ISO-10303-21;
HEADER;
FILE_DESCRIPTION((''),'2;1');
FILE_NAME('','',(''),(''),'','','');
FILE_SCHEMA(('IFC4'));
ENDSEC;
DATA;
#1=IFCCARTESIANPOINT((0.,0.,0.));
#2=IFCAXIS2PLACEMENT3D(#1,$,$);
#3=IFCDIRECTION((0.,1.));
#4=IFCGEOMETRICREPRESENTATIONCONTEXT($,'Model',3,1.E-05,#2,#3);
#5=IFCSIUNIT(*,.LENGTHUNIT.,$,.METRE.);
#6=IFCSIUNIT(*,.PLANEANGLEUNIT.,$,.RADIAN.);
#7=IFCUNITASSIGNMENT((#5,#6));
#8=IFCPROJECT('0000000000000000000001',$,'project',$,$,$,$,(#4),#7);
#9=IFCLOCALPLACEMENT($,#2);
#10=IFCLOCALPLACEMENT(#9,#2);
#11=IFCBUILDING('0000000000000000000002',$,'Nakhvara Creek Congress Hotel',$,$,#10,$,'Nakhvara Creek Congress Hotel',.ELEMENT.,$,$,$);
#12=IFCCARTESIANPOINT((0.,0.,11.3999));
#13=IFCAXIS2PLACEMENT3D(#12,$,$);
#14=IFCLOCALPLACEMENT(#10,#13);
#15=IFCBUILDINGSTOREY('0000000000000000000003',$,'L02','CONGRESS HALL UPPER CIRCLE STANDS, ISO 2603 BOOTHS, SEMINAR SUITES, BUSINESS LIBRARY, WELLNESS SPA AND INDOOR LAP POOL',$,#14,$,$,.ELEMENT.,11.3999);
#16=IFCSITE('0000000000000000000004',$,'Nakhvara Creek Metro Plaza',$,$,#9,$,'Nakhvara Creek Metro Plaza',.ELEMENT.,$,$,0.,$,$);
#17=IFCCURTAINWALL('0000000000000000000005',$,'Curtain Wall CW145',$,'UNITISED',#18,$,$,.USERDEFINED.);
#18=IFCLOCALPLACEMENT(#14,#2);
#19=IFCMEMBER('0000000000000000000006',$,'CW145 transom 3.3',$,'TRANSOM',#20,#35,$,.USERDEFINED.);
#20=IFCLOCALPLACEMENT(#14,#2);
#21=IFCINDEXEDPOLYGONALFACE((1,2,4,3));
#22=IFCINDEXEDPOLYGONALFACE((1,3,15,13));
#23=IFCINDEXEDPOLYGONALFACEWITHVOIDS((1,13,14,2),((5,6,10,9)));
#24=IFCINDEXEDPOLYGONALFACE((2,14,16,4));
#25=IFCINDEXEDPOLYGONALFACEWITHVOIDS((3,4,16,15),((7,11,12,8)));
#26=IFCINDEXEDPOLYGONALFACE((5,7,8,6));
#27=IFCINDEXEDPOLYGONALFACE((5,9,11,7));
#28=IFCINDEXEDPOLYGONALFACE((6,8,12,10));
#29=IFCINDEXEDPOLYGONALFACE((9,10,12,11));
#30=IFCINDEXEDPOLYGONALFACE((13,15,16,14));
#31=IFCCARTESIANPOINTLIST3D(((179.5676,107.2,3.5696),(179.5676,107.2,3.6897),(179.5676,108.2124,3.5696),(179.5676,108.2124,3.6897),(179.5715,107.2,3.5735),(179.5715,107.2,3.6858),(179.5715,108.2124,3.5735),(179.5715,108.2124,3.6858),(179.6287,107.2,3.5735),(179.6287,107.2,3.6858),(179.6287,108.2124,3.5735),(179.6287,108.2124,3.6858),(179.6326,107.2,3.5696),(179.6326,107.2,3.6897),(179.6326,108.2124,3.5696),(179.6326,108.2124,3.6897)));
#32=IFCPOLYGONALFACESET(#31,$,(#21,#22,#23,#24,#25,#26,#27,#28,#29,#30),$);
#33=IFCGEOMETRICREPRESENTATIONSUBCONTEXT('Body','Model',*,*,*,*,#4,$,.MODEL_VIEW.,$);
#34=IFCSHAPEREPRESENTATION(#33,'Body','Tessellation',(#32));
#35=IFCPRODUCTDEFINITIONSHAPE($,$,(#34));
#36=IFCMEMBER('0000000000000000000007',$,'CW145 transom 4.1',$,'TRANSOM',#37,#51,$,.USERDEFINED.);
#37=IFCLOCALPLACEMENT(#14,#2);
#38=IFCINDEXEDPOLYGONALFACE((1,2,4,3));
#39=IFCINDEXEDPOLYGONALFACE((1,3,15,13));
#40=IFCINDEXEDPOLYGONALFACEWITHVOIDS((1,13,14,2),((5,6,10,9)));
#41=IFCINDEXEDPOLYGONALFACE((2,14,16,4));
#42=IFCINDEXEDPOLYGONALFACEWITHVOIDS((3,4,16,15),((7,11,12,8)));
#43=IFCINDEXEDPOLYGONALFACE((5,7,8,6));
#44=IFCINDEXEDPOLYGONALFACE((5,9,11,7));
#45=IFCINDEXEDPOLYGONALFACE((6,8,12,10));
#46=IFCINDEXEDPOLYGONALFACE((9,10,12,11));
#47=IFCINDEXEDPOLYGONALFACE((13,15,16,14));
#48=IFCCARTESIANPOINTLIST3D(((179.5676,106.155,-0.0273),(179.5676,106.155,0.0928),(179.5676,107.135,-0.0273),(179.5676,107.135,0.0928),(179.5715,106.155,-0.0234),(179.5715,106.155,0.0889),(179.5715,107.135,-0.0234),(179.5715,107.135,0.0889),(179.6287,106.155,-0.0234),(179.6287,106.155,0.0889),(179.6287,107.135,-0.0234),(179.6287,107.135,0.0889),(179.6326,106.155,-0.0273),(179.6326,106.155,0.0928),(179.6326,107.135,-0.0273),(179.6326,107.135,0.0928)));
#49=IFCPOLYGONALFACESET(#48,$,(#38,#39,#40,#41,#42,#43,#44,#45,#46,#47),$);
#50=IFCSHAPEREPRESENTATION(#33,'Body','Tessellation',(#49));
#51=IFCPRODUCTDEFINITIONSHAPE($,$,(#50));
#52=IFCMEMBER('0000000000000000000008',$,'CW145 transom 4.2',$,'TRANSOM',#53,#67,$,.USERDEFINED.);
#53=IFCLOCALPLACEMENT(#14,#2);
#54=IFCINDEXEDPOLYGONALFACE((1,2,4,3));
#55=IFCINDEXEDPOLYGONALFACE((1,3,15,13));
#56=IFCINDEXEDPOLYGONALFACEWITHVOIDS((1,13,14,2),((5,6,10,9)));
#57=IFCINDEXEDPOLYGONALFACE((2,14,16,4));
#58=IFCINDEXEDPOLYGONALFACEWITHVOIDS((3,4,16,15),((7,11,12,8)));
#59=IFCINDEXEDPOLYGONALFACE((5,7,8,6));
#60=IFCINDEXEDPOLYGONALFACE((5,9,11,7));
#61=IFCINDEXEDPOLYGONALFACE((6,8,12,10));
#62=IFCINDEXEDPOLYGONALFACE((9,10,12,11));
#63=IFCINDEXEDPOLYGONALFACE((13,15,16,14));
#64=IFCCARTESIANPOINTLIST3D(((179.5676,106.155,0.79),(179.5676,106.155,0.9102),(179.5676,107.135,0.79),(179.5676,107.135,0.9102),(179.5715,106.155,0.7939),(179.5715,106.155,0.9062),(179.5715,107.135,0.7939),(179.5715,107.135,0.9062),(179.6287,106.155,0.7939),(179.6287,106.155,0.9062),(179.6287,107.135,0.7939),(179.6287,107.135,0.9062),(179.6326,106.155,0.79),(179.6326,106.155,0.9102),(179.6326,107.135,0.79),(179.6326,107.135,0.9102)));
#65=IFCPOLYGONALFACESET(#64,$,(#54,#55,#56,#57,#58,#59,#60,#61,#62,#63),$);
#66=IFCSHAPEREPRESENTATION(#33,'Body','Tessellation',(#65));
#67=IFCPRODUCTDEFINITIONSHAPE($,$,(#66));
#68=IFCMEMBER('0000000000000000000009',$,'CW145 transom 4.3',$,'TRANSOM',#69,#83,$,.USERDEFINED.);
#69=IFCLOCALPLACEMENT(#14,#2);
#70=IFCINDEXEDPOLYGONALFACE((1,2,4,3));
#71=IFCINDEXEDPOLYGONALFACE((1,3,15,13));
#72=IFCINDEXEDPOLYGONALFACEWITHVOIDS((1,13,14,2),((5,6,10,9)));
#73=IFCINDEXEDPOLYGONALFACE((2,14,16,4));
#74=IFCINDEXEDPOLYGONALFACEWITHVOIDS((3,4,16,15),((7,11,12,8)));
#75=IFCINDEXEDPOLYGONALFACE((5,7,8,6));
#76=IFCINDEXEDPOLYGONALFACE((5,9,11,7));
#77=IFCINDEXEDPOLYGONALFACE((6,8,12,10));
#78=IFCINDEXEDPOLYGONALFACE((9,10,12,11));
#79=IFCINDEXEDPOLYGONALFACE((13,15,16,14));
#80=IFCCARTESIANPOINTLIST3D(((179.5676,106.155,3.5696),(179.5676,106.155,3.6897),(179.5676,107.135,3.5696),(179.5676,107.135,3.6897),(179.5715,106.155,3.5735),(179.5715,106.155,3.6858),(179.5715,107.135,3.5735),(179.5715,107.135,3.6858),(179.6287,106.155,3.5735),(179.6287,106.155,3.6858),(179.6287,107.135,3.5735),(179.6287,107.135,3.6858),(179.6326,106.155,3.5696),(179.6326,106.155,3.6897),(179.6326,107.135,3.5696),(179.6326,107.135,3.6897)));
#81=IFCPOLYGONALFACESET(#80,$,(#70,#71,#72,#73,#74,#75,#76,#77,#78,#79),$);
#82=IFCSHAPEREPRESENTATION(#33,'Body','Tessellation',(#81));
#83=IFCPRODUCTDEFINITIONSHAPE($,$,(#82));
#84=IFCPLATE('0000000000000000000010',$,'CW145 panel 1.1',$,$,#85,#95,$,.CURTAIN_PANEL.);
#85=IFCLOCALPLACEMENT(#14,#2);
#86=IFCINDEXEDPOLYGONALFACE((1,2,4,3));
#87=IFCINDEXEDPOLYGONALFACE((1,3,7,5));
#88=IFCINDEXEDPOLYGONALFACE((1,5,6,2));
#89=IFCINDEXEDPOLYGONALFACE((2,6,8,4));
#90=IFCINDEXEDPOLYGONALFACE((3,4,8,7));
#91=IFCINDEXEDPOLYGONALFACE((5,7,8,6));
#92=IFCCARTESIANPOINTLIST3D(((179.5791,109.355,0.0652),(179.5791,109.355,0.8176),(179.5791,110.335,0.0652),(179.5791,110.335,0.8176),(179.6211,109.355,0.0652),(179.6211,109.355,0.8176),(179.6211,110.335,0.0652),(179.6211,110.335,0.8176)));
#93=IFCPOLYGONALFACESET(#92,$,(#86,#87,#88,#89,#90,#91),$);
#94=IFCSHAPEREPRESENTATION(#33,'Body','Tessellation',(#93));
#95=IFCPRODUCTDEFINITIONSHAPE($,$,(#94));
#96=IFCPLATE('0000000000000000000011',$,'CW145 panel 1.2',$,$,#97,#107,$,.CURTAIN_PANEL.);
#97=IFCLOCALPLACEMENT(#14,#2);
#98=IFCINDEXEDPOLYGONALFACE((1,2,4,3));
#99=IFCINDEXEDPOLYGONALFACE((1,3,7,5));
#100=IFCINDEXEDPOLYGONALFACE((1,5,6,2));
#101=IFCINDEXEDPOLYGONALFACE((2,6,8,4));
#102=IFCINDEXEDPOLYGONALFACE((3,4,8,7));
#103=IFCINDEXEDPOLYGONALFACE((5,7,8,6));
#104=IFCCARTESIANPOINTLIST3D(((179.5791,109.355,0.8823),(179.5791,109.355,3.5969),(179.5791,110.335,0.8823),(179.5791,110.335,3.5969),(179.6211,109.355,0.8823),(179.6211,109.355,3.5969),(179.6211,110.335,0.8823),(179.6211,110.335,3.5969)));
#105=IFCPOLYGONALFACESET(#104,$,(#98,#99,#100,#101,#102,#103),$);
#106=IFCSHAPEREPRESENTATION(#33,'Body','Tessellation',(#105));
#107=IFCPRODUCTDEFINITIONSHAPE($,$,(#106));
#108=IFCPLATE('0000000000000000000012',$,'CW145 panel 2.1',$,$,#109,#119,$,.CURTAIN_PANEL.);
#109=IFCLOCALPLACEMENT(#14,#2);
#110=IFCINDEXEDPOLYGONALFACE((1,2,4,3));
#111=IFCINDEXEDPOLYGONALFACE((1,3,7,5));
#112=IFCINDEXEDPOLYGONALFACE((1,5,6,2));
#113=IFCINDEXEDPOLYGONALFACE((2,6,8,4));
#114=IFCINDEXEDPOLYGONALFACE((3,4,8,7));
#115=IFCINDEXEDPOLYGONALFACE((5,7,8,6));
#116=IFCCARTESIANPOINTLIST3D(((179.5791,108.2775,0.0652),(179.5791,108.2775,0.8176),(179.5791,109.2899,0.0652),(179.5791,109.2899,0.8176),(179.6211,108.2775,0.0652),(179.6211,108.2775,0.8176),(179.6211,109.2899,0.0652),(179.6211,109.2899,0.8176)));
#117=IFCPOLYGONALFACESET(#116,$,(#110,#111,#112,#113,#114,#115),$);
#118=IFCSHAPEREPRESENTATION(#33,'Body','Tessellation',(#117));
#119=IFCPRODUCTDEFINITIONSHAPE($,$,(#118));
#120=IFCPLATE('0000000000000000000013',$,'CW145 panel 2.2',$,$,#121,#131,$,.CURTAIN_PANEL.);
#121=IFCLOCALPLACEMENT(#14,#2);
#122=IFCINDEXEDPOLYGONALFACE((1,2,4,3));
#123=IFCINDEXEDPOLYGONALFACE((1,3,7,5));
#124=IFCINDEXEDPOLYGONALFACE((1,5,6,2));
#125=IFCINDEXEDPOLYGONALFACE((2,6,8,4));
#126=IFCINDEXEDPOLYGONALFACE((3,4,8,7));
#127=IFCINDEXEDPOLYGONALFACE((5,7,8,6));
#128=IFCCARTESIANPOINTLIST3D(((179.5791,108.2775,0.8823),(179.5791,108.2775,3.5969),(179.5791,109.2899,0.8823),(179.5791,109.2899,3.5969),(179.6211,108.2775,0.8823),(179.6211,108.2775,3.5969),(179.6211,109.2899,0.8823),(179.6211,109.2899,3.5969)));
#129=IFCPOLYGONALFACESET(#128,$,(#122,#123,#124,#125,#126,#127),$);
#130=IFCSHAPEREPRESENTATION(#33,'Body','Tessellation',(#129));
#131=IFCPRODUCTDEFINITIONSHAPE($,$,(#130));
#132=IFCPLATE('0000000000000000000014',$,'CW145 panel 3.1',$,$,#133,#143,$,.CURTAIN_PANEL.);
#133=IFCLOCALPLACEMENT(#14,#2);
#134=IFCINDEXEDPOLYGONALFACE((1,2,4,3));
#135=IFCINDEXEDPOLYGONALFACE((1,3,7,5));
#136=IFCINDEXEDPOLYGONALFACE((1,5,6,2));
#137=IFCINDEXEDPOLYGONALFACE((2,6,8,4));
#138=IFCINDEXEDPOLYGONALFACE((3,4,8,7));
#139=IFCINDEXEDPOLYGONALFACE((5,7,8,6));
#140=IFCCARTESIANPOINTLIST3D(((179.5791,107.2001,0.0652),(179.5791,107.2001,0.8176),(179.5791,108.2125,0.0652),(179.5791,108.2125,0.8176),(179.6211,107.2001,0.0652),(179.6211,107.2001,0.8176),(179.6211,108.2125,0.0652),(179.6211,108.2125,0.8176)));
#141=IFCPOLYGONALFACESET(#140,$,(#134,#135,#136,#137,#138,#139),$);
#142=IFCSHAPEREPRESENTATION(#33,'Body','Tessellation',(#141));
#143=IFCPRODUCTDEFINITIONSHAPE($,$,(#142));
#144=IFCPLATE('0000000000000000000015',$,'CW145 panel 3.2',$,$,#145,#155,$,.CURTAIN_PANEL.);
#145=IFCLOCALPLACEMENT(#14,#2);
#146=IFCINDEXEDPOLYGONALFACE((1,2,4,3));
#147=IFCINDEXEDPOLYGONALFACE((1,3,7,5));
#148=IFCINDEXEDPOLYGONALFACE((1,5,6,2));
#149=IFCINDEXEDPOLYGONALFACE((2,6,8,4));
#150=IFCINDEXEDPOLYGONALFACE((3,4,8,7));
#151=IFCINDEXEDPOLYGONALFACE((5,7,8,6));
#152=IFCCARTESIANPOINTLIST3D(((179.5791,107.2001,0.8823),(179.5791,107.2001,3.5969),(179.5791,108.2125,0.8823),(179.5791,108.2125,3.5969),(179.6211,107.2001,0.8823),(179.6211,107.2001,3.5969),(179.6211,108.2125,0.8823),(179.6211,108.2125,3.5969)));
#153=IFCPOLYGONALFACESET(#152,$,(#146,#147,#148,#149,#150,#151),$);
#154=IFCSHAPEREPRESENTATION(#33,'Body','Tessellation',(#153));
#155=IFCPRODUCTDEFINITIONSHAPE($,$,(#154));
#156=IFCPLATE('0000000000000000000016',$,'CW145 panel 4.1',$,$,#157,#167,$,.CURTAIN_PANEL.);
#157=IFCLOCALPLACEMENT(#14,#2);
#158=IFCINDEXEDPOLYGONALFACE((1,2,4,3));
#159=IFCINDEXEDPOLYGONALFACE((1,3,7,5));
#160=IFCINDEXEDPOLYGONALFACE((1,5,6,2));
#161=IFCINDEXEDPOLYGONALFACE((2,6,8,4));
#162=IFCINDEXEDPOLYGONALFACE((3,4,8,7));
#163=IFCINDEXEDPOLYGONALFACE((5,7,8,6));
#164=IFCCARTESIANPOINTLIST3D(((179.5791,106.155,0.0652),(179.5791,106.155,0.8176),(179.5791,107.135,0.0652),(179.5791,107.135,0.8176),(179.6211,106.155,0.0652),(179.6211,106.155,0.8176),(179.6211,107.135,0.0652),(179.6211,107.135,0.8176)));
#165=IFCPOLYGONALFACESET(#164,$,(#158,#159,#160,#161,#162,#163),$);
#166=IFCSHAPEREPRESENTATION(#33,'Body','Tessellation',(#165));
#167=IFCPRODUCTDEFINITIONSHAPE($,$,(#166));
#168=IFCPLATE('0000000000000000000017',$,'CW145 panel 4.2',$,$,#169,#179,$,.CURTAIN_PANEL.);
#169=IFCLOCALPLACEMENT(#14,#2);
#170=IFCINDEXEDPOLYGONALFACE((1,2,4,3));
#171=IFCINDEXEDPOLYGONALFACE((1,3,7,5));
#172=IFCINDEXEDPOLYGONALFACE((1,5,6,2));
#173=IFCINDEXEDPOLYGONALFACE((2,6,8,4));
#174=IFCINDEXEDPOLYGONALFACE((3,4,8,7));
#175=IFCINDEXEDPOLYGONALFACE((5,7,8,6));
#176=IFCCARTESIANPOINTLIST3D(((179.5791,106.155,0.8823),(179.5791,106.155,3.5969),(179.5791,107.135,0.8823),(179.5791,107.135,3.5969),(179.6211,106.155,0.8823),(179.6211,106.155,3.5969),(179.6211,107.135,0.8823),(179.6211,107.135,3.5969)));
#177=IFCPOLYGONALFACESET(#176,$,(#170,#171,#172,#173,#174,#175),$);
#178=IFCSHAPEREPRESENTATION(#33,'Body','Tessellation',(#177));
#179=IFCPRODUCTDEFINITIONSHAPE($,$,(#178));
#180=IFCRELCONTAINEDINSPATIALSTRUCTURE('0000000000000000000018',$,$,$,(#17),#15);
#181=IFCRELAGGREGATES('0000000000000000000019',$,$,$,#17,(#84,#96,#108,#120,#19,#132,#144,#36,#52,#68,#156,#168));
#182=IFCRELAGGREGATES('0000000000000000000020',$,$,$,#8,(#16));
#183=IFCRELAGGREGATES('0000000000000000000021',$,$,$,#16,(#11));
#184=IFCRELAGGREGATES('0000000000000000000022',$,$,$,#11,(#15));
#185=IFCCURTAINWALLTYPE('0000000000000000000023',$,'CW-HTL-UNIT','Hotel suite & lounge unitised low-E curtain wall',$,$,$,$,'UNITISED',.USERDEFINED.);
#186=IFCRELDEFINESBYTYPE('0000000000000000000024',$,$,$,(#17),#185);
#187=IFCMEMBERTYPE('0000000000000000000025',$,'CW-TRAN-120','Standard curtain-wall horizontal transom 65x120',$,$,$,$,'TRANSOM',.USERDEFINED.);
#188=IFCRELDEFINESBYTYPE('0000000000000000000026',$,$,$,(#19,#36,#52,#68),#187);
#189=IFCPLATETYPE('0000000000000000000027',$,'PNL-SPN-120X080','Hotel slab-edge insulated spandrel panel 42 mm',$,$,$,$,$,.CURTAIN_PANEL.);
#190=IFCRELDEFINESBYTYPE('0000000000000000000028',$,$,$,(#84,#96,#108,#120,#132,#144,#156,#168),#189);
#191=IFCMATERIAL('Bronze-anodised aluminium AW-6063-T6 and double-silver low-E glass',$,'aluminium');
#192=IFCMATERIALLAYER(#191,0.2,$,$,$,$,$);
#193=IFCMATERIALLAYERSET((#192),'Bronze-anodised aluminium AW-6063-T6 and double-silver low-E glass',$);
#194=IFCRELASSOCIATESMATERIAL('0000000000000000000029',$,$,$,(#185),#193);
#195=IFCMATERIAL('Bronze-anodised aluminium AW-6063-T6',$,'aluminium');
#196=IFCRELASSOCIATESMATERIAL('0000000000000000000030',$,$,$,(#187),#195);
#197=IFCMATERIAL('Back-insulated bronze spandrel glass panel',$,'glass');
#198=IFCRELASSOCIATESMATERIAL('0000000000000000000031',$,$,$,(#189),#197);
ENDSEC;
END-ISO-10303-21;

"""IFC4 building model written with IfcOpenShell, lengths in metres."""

from ifc_helpers import new_model, si_unit, direction, frame, origin, origin_2d, place, context, subcontext, project, spatial, rectangle, hollow_rectangle, extrude, material, layer, layer_set, material_profile, profile_set, type_object, element, aggregate, save


model = new_model("IFC4")

# Units and contexts
model_context = context("Model", 3, precision=1e-05, world=origin(), true_north=direction((0.0, 1.0)))
body_context = subcontext(model_context, "Body", "Model", "MODEL_VIEW")
ifc_project = project(units=[si_unit("LENGTHUNIT", "METRE"), si_unit("PLANEANGLEUNIT", "RADIAN")], contexts=[model_context])

# Site, building, storey
site_placement = place(None, origin())
site = spatial("IfcSite", under=ifc_project, at=site_placement, Name="Nakhvara Creek Metro Plaza", LongName="Nakhvara Creek Metro Plaza", CompositionType="ELEMENT", RefElevation=0.0)
building_placement = place(site_placement, origin())
building = spatial("IfcBuilding", under=site, at=building_placement, Name="Nakhvara Creek Congress Hotel", LongName="Nakhvara Creek Congress Hotel", CompositionType="ELEMENT")
storey_placement = place(building_placement, frame((0.0, 0.0, 11.3999)))
storey = spatial("IfcBuildingStorey", under=building, at=storey_placement, Name="L02", Description="CONGRESS HALL UPPER CIRCLE STANDS, ISO 2603 BOOTHS, SEMINAR SUITES, BUSINESS LIBRARY, WELLNESS SPA AND INDOOR LAP POOL", CompositionType="ELEMENT", Elevation=11.3999)

# Shared definitions
ifc_material_1 = material(Name="Bronze-anodised aluminium AW-6063-T6 and double-silver low-E glass", Category="aluminium")
ifc_layer = layer(ifc_material_1, 0.2)
ifc_layer_set = layer_set([ifc_layer], Name="Bronze-anodised aluminium AW-6063-T6 and double-silver low-E glass")
curtain_wall_type = type_object("IfcCurtainWallType", Name="CW-HTL-UNIT", Description="Hotel suite & lounge unitised low-E curtain wall", ElementType="UNITISED", PredefinedType="USERDEFINED", material=ifc_layer_set)
ifc_material_2 = material(Name="Bronze-anodised aluminium AW-6063-T6", Category="aluminium")

# Curtain wall, members, plates
curtain_wall_1_placement = place(storey_placement, origin())
curtain_wall_1 = element("IfcCurtainWall", 1, at=curtain_wall_1_placement, inside=storey, type_object=curtain_wall_type, Name="Curtain Wall CW145", ObjectType="UNITISED", PredefinedType="USERDEFINED")
ifc_material_profile_1 = material_profile(ifc_material_2, hollow_rectangle(XDim=0.0649, YDim=0.1201, WallThickness=0.0039, at=origin_2d()), Name="ALU-TRAN 65x120x4", Category="LoadBearing")
ifc_profile_set_1 = profile_set([ifc_material_profile_1], Name="Bronze-anodised aluminium AW-6063-T6")
member_type_1 = type_object("IfcMemberType", Name="CW-TRAN-120", Description="Standard curtain-wall horizontal transom 65x120", ElementType="TRANSOM", PredefinedType="USERDEFINED", material=ifc_profile_set_1)
member_1_placement = place(storey_placement, frame((179.6001, 108.2124, 3.6296), z_axis=(0.0, -1.0, 0.0), x_axis=(1.0, 0.0, 0.0)))
member_1 = element("IfcMember", 2, at=member_1_placement, type_object=member_type_1, Name="CW145 transom 3.3", ObjectType="TRANSOM", PredefinedType="USERDEFINED", context=body_context, shape_type="SweptSolid", body=[
    extrude(hollow_rectangle(XDim=0.0649, YDim=0.1201, WallThickness=0.0039, at=origin_2d()), origin(), (0.0, 0.0, 1.0), 1.0125),
])
member_2_placement = place(storey_placement, frame((179.6001, 107.135, 0.0327), z_axis=(0.0, -1.0, 0.0), x_axis=(1.0, 0.0, 0.0)))
member_2 = element("IfcMember", 3, at=member_2_placement, type_object=member_type_1, Name="CW145 transom 4.1", ObjectType="TRANSOM", PredefinedType="USERDEFINED", context=body_context, shape_type="SweptSolid", body=[
    extrude(hollow_rectangle(XDim=0.0649, YDim=0.1201, WallThickness=0.0039, at=origin_2d()), origin(), (0.0, 0.0, 1.0), 0.98),
])
member_3_placement = place(storey_placement, frame((179.6001, 107.135, 0.8501), z_axis=(0.0, -1.0, 0.0), x_axis=(1.0, 0.0, 0.0)))
member_3 = element("IfcMember", 4, at=member_3_placement, type_object=member_type_1, Name="CW145 transom 4.2", ObjectType="TRANSOM", PredefinedType="USERDEFINED", context=body_context, shape_type="SweptSolid", body=[
    extrude(hollow_rectangle(XDim=0.0649, YDim=0.1201, WallThickness=0.0039, at=origin_2d()), origin(), (0.0, 0.0, 1.0), 0.98),
])
member_4_placement = place(storey_placement, frame((179.6001, 107.135, 3.6296), z_axis=(0.0, -1.0, 0.0), x_axis=(1.0, 0.0, 0.0)))
member_4 = element("IfcMember", 5, at=member_4_placement, type_object=member_type_1, Name="CW145 transom 4.3", ObjectType="TRANSOM", PredefinedType="USERDEFINED", context=body_context, shape_type="SweptSolid", body=[
    extrude(hollow_rectangle(XDim=0.0649, YDim=0.1201, WallThickness=0.0039, at=origin_2d()), origin(), (0.0, 0.0, 1.0), 0.98),
])
ifc_material_3 = material(Name="Back-insulated bronze spandrel glass panel", Category="glass")
plate_type = type_object("IfcPlateType", Name="PNL-SPN-120X080", Description="Hotel slab-edge insulated spandrel panel 42 mm", PredefinedType="CURTAIN_PANEL", material=ifc_material_3)
plate_1_placement = place(storey_placement, frame((179.6001, 109.845, 0.0652), z_axis=(0.0, 0.0, 1.0), x_axis=(0.0, -1.0, 0.0)))
plate_1 = element("IfcPlate", 6, at=plate_1_placement, type_object=plate_type, Name="CW145 panel 1.1", PredefinedType="CURTAIN_PANEL", context=body_context, shape_type="SweptSolid", body=[
    extrude(rectangle(XDim=0.98, YDim=0.042, at=origin_2d()), origin(), (0.0, 0.0, 1.0), 0.7524),
])
plate_2_placement = place(storey_placement, frame((179.6001, 109.845, 0.8823), z_axis=(0.0, 0.0, 1.0), x_axis=(0.0, -1.0, 0.0)))
plate_2 = element("IfcPlate", 7, at=plate_2_placement, type_object=plate_type, Name="CW145 panel 1.2", PredefinedType="CURTAIN_PANEL", context=body_context, shape_type="SweptSolid", body=[
    extrude(rectangle(XDim=0.98, YDim=0.042, at=origin_2d()), origin(), (0.0, 0.0, 1.0), 2.7146),
])
plate_3_placement = place(storey_placement, frame((179.6001, 108.7837, 0.0652), z_axis=(0.0, 0.0, 1.0), x_axis=(0.0, -1.0, 0.0)))
plate_3 = element("IfcPlate", 8, at=plate_3_placement, type_object=plate_type, Name="CW145 panel 2.1", PredefinedType="CURTAIN_PANEL", context=body_context, shape_type="SweptSolid", body=[
    extrude(rectangle(XDim=1.0125, YDim=0.042, at=origin_2d()), origin(), (0.0, 0.0, 1.0), 0.7524),
])
plate_4_placement = place(storey_placement, frame((179.6001, 108.7837, 0.8823), z_axis=(0.0, 0.0, 1.0), x_axis=(0.0, -1.0, 0.0)))
plate_4 = element("IfcPlate", 9, at=plate_4_placement, type_object=plate_type, Name="CW145 panel 2.2", PredefinedType="CURTAIN_PANEL", context=body_context, shape_type="SweptSolid", body=[
    extrude(rectangle(XDim=1.0125, YDim=0.042, at=origin_2d()), origin(), (0.0, 0.0, 1.0), 2.7146),
])
plate_5_placement = place(storey_placement, frame((179.6001, 107.7063, 0.0652), z_axis=(0.0, 0.0, 1.0), x_axis=(0.0, -1.0, 0.0)))
plate_5 = element("IfcPlate", 10, at=plate_5_placement, type_object=plate_type, Name="CW145 panel 3.1", PredefinedType="CURTAIN_PANEL", context=body_context, shape_type="SweptSolid", body=[
    extrude(rectangle(XDim=1.0125, YDim=0.042, at=origin_2d()), origin(), (0.0, 0.0, 1.0), 0.7524),
])
plate_6_placement = place(storey_placement, frame((179.6001, 107.7063, 0.8823), z_axis=(0.0, 0.0, 1.0), x_axis=(0.0, -1.0, 0.0)))
plate_6 = element("IfcPlate", 11, at=plate_6_placement, type_object=plate_type, Name="CW145 panel 3.2", PredefinedType="CURTAIN_PANEL", context=body_context, shape_type="SweptSolid", body=[
    extrude(rectangle(XDim=1.0125, YDim=0.042, at=origin_2d()), origin(), (0.0, 0.0, 1.0), 2.7146),
])
plate_7_placement = place(storey_placement, frame((179.6001, 106.645, 0.0652), z_axis=(0.0, 0.0, 1.0), x_axis=(0.0, -1.0, 0.0)))
plate_7 = element("IfcPlate", 12, at=plate_7_placement, type_object=plate_type, Name="CW145 panel 4.1", PredefinedType="CURTAIN_PANEL", context=body_context, shape_type="SweptSolid", body=[
    extrude(rectangle(XDim=0.98, YDim=0.042, at=origin_2d()), origin(), (0.0, 0.0, 1.0), 0.7524),
])
plate_8_placement = place(storey_placement, frame((179.6001, 106.645, 0.8823), z_axis=(0.0, 0.0, 1.0), x_axis=(0.0, -1.0, 0.0)))
plate_8 = element("IfcPlate", 13, at=plate_8_placement, type_object=plate_type, Name="CW145 panel 4.2", PredefinedType="CURTAIN_PANEL", context=body_context, shape_type="SweptSolid", body=[
    extrude(rectangle(XDim=0.98, YDim=0.042, at=origin_2d()), origin(), (0.0, 0.0, 1.0), 2.7146),
])
aggregate(curtain_wall_1, [plate_1, plate_2, plate_3, plate_4, member_1, plate_5, plate_6, member_2, member_3, member_4, plate_7, plate_8])

save(model, "model.ifc")
